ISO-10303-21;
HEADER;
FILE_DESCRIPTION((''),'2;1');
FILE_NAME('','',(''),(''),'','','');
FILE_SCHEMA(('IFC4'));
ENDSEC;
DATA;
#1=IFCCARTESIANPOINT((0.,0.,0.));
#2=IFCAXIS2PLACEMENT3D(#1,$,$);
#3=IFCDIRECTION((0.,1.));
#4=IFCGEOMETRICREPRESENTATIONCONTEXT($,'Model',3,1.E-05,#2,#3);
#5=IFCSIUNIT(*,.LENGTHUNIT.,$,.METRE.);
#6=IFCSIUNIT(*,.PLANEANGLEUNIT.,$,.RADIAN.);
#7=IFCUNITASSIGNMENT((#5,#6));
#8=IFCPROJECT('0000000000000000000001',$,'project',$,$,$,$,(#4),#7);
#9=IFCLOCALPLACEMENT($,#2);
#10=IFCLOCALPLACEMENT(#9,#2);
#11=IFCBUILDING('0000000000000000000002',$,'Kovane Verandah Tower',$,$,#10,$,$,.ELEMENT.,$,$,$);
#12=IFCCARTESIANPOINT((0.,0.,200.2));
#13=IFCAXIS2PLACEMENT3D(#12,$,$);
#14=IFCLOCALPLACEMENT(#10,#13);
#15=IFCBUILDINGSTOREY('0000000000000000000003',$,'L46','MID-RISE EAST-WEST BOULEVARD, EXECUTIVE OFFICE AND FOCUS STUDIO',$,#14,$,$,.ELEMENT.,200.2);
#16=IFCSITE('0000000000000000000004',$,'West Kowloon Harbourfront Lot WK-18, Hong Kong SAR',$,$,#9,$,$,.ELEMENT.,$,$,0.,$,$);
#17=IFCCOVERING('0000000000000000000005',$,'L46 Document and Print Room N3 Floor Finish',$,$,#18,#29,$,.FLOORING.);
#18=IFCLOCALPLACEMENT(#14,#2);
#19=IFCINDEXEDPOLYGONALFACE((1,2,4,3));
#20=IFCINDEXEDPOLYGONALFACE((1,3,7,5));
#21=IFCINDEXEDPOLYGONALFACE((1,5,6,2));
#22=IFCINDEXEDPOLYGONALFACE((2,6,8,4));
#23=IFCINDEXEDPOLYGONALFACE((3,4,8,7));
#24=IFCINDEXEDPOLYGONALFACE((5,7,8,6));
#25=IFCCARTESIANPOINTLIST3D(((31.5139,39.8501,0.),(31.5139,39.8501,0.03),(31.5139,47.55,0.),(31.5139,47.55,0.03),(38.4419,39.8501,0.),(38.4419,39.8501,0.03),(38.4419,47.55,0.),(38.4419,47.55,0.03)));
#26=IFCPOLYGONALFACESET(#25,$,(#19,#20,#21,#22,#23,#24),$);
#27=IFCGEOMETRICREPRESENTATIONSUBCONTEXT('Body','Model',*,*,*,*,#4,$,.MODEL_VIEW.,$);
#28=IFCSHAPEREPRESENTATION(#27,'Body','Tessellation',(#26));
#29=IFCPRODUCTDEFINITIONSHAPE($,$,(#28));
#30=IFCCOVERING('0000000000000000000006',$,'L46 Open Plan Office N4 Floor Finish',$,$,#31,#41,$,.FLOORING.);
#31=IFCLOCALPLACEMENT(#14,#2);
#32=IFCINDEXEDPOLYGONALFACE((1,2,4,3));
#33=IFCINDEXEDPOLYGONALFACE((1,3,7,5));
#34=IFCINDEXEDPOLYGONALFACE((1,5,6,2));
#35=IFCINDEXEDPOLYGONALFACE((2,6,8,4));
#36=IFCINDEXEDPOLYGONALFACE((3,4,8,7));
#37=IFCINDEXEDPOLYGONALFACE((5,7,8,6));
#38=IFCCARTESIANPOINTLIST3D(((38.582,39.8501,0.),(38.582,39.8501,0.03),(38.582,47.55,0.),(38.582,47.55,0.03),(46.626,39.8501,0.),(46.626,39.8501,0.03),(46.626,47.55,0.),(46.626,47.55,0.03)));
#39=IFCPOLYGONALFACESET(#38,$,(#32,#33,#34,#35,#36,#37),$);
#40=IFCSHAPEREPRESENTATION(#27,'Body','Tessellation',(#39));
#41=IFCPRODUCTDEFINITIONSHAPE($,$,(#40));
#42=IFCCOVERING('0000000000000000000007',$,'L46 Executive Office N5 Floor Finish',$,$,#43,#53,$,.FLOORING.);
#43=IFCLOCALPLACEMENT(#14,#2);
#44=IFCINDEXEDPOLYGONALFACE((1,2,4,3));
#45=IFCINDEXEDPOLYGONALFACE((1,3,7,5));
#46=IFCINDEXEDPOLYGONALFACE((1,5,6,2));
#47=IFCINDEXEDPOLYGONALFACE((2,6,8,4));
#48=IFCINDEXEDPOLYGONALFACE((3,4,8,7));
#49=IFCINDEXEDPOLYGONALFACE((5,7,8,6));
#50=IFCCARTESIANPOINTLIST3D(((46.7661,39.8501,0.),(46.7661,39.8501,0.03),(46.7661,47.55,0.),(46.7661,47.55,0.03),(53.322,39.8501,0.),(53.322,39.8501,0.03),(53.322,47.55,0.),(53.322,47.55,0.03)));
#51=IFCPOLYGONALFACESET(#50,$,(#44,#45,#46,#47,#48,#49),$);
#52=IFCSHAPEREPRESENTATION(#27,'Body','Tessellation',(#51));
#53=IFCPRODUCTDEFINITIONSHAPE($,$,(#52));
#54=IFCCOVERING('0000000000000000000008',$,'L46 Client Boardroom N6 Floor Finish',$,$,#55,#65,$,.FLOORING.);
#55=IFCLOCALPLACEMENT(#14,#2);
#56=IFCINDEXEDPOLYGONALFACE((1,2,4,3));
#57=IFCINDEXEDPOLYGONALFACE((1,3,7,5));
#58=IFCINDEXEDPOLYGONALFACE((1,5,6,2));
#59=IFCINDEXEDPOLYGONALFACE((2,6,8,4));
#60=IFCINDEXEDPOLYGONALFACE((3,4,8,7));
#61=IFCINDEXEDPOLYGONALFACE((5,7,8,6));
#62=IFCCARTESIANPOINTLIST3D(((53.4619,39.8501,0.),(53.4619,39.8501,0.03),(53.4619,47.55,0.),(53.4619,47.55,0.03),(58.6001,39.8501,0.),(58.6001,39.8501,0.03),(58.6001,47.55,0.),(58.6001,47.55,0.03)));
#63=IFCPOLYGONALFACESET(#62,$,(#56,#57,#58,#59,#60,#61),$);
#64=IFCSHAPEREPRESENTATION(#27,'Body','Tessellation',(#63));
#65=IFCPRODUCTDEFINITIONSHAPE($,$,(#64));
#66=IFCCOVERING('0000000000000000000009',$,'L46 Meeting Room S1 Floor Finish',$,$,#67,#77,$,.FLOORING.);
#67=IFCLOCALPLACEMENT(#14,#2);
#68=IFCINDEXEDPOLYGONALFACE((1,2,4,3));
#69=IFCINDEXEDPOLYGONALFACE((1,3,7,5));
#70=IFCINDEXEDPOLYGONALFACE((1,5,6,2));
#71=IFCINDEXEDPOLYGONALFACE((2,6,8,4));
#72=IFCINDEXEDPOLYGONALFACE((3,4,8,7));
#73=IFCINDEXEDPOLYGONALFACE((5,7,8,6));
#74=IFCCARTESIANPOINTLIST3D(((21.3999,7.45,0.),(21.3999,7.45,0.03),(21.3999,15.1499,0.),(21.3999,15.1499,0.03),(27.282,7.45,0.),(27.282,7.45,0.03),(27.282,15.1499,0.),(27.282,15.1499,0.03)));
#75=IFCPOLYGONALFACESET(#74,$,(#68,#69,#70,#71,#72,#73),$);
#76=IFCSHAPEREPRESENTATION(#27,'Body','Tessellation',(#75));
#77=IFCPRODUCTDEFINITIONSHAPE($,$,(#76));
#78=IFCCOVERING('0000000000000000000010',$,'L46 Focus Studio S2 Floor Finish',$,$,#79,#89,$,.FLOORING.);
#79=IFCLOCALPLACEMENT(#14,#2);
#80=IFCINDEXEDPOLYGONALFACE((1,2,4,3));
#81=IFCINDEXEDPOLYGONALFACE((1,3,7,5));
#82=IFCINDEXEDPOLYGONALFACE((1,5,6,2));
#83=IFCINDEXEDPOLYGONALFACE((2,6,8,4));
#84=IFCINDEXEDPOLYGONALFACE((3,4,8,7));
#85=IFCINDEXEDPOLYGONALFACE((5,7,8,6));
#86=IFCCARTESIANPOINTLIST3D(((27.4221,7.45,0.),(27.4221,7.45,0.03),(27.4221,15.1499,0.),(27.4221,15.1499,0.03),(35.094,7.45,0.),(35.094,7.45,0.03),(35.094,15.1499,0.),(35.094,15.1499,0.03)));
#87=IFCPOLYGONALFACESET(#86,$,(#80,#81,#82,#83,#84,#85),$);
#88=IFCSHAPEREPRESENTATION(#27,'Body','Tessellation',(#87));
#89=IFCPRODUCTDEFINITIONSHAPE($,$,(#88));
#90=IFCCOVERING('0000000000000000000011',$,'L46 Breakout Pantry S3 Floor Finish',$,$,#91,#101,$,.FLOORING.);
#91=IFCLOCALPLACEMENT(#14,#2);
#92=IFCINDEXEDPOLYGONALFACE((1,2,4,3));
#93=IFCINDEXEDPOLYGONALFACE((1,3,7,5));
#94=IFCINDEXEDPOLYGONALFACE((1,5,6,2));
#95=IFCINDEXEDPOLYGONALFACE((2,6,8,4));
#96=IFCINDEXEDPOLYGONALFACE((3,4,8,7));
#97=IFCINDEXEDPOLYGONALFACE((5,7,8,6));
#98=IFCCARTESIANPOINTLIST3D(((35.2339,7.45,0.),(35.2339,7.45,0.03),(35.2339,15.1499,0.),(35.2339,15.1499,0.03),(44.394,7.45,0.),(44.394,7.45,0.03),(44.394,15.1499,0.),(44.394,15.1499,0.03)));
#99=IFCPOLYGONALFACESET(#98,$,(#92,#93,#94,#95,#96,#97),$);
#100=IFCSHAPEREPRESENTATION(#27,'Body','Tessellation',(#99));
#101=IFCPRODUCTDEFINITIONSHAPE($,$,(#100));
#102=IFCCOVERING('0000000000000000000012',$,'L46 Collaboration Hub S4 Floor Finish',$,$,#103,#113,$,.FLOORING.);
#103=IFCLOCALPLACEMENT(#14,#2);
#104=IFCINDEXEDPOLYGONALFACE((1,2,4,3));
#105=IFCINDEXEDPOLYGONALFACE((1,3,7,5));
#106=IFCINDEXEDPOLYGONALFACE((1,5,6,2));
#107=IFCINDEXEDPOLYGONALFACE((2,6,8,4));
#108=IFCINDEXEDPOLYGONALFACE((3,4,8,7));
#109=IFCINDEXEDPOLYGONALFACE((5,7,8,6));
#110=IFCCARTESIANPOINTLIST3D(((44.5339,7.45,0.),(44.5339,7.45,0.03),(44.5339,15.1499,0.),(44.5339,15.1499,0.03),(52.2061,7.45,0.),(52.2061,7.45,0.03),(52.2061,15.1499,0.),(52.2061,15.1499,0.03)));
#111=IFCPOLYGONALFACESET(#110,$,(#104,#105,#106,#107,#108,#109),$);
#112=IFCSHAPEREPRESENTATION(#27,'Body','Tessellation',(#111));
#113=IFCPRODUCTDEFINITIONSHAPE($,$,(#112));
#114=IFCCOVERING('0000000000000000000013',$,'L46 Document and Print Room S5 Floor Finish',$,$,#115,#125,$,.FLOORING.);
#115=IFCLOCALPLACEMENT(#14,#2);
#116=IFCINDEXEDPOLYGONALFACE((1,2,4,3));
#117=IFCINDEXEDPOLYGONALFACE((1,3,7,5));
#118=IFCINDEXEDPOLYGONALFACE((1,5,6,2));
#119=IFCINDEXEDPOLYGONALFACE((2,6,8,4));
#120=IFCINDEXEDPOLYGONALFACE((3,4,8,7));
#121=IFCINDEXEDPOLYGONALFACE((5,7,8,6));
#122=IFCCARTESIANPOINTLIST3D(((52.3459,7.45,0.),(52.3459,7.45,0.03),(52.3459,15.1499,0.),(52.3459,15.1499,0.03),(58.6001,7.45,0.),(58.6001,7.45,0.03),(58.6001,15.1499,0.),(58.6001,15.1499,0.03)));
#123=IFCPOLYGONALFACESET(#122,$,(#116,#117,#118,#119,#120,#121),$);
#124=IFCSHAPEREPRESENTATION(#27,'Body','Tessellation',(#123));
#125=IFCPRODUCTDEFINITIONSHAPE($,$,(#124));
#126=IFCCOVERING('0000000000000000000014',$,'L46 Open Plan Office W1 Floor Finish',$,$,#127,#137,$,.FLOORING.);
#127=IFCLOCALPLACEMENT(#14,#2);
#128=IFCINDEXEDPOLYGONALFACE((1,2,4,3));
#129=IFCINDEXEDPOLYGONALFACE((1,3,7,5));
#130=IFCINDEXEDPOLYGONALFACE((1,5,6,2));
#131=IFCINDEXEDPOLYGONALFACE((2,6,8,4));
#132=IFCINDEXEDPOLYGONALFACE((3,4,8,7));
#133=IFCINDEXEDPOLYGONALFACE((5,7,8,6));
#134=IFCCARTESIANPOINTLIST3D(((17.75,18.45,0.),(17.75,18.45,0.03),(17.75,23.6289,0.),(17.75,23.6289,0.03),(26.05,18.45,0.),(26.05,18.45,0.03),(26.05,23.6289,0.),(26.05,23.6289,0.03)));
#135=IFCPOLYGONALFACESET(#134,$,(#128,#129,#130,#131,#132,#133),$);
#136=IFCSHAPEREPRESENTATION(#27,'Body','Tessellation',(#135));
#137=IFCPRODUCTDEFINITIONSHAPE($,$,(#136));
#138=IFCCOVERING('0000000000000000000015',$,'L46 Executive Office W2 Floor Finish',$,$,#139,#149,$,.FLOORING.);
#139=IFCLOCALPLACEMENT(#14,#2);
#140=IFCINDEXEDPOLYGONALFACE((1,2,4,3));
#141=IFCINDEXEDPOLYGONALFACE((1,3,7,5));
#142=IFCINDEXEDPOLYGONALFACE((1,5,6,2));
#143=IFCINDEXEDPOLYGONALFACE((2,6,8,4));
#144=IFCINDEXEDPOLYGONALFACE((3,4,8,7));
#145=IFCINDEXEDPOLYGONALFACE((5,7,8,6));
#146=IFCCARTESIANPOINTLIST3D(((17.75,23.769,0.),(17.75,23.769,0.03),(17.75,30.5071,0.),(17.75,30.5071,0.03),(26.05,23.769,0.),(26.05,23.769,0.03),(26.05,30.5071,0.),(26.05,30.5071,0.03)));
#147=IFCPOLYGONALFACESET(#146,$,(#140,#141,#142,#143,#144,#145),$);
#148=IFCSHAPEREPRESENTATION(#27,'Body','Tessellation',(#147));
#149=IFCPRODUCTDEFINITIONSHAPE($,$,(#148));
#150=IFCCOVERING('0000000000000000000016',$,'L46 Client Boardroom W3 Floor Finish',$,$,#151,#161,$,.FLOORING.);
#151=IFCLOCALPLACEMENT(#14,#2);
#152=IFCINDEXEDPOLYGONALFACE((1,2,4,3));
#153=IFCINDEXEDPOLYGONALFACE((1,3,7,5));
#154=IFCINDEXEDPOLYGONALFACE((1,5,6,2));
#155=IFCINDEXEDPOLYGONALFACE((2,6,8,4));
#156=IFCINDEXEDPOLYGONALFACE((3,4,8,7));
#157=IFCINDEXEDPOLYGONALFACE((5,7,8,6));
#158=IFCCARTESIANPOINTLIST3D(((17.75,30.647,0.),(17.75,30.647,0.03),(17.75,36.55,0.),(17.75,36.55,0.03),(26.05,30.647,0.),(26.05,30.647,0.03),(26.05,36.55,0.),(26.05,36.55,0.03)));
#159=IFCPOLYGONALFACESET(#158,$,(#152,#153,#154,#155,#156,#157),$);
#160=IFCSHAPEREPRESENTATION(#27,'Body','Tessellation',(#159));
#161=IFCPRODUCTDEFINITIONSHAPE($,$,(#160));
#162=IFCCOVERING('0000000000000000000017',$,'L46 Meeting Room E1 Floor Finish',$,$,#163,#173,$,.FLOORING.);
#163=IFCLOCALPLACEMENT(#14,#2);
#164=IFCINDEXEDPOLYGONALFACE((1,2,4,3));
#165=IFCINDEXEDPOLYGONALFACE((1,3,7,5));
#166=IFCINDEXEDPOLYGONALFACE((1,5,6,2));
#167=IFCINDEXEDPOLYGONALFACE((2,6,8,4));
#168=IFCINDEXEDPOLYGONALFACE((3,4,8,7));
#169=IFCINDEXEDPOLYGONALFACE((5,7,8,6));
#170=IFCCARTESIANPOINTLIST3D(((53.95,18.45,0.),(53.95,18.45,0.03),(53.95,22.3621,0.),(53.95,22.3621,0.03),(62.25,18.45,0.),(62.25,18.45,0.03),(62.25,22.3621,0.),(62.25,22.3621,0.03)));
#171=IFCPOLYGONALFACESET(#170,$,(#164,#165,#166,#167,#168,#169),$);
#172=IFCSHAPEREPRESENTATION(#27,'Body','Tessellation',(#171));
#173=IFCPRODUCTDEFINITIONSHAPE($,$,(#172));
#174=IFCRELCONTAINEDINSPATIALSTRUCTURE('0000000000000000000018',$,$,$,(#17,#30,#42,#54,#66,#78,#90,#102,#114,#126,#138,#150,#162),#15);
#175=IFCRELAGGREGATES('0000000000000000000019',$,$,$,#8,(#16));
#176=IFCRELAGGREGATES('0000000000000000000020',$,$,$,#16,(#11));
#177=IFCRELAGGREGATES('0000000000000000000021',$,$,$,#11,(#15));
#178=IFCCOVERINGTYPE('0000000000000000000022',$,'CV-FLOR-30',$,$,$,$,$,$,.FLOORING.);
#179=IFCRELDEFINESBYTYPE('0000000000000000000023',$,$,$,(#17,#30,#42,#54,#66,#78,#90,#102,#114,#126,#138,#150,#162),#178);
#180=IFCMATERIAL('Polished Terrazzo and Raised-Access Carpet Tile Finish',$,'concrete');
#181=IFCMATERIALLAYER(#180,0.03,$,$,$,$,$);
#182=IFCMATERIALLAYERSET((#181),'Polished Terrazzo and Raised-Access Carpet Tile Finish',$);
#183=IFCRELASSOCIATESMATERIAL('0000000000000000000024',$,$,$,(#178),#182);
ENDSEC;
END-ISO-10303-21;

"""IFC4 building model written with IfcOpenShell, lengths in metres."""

from ifc_helpers import new_model, si_unit, direction, frame, origin, place, context, subcontext, project, spatial, polyline, outline, extrude, material, layer, layer_set, type_object, element, save


model = new_model("IFC4")

# Units and contexts
model_context = context("Model", 3, precision=1e-05, world=origin(), true_north=direction((0.0, 1.0)))
body_context = subcontext(model_context, "Body", "Model", "MODEL_VIEW")
ifc_project = project(units=[si_unit("LENGTHUNIT", "METRE"), si_unit("PLANEANGLEUNIT", "RADIAN")], contexts=[model_context])

# Site, building, storey
site_placement = place(None, origin())
site = spatial("IfcSite", under=ifc_project, at=site_placement, Name="West Kowloon Harbourfront Lot WK-18, Hong Kong SAR", CompositionType="ELEMENT", RefElevation=0.0)
building_placement = place(site_placement, origin())
building = spatial("IfcBuilding", under=site, at=building_placement, Name="Kovane Verandah Tower", CompositionType="ELEMENT")
storey_placement = place(building_placement, frame((0.0, 0.0, 200.2)))
storey = spatial("IfcBuildingStorey", under=building, at=storey_placement, Name="L46", Description="MID-RISE EAST-WEST BOULEVARD, EXECUTIVE OFFICE AND FOCUS STUDIO", CompositionType="ELEMENT", Elevation=200.2)

# Coverings
ifc_material_1 = material(Name="Polished Terrazzo and Raised-Access Carpet Tile Finish", Category="concrete")
ifc_layer_1 = layer(ifc_material_1, 0.03)
ifc_layer_set_1 = layer_set([ifc_layer_1], Name="Polished Terrazzo and Raised-Access Carpet Tile Finish")
covering_type = type_object("IfcCoveringType", Name="CV-FLOR-30", PredefinedType="FLOORING", material=ifc_layer_set_1)
covering_1_placement = place(storey_placement, origin())
element("IfcCovering", 1, at=covering_1_placement, inside=storey, type_object=covering_type, Name="L46 Document and Print Room N3 Floor Finish", PredefinedType="FLOORING", context=body_context, shape_type="SweptSolid", body=[
    extrude(outline(polyline([(31.5139, 39.8501), (38.4419, 39.8501), (38.4419, 47.55), (31.5139, 47.55), (31.5139, 39.8501)])), origin(), (0.0, 0.0, 1.0), 0.03),
])
covering_2_placement = place(storey_placement, origin())
element("IfcCovering", 2, at=covering_2_placement, inside=storey, type_object=covering_type, Name="L46 Open Plan Office N4 Floor Finish", PredefinedType="FLOORING", context=body_context, shape_type="SweptSolid", body=[
    extrude(outline(polyline([(38.582, 39.8501), (46.626, 39.8501), (46.626, 47.55), (38.582, 47.55), (38.582, 39.8501)])), origin(), (0.0, 0.0, 1.0), 0.03),
])
covering_3_placement = place(storey_placement, origin())
element("IfcCovering", 3, at=covering_3_placement, inside=storey, type_object=covering_type, Name="L46 Executive Office N5 Floor Finish", PredefinedType="FLOORING", context=body_context, shape_type="SweptSolid", body=[
    extrude(outline(polyline([(46.7661, 39.8501), (53.322, 39.8501), (53.322, 47.55), (46.7661, 47.55), (46.7661, 39.8501)])), origin(), (0.0, 0.0, 1.0), 0.03),
])
covering_4_placement = place(storey_placement, origin())
element("IfcCovering", 4, at=covering_4_placement, inside=storey, type_object=covering_type, Name="L46 Client Boardroom N6 Floor Finish", PredefinedType="FLOORING", context=body_context, shape_type="SweptSolid", body=[
    extrude(outline(polyline([(53.4619, 39.8501), (58.6001, 39.8501), (58.6001, 47.55), (53.4619, 47.55), (53.4619, 39.8501)])), origin(), (0.0, 0.0, 1.0), 0.03),
])
covering_5_placement = place(storey_placement, origin())
element("IfcCovering", 5, at=covering_5_placement, inside=storey, type_object=covering_type, Name="L46 Meeting Room S1 Floor Finish", PredefinedType="FLOORING", context=body_context, shape_type="SweptSolid", body=[
    extrude(outline(polyline([(21.3999, 7.45), (27.282, 7.45), (27.282, 15.1499), (21.3999, 15.1499), (21.3999, 7.45)])), origin(), (0.0, 0.0, 1.0), 0.03),
])
covering_6_placement = place(storey_placement, origin())
element("IfcCovering", 6, at=covering_6_placement, inside=storey, type_object=covering_type, Name="L46 Focus Studio S2 Floor Finish", PredefinedType="FLOORING", context=body_context, shape_type="SweptSolid", body=[
    extrude(outline(polyline([(27.4221, 7.45), (35.094, 7.45), (35.094, 15.1499), (27.4221, 15.1499), (27.4221, 7.45)])), origin(), (0.0, 0.0, 1.0), 0.03),
])
covering_7_placement = place(storey_placement, origin())
element("IfcCovering", 7, at=covering_7_placement, inside=storey, type_object=covering_type, Name="L46 Breakout Pantry S3 Floor Finish", PredefinedType="FLOORING", context=body_context, shape_type="SweptSolid", body=[
    extrude(outline(polyline([(35.2339, 7.45), (44.394, 7.45), (44.394, 15.1499), (35.2339, 15.1499), (35.2339, 7.45)])), origin(), (0.0, 0.0, 1.0), 0.03),
])
covering_8_placement = place(storey_placement, origin())
element("IfcCovering", 8, at=covering_8_placement, inside=storey, type_object=covering_type, Name="L46 Collaboration Hub S4 Floor Finish", PredefinedType="FLOORING", context=body_context, shape_type="SweptSolid", body=[
    extrude(outline(polyline([(44.5339, 7.45), (52.2061, 7.45), (52.2061, 15.1499), (44.5339, 15.1499), (44.5339, 7.45)])), origin(), (0.0, 0.0, 1.0), 0.03),
])
covering_9_placement = place(storey_placement, origin())
element("IfcCovering", 9, at=covering_9_placement, inside=storey, type_object=covering_type, Name="L46 Document and Print Room S5 Floor Finish", PredefinedType="FLOORING", context=body_context, shape_type="SweptSolid", body=[
    extrude(outline(polyline([(52.3459, 7.45), (58.6001, 7.45), (58.6001, 15.1499), (52.3459, 15.1499), (52.3459, 7.45)])), origin(), (0.0, 0.0, 1.0), 0.03),
])
covering_10_placement = place(storey_placement, origin())
element("IfcCovering", 10, at=covering_10_placement, inside=storey, type_object=covering_type, Name="L46 Open Plan Office W1 Floor Finish", PredefinedType="FLOORING", context=body_context, shape_type="SweptSolid", body=[
    extrude(outline(polyline([(17.75, 18.45), (26.05, 18.45), (26.05, 23.6289), (17.75, 23.6289), (17.75, 18.45)])), origin(), (0.0, 0.0, 1.0), 0.03),
])
covering_11_placement = place(storey_placement, origin())
element("IfcCovering", 11, at=covering_11_placement, inside=storey, type_object=covering_type, Name="L46 Executive Office W2 Floor Finish", PredefinedType="FLOORING", context=body_context, shape_type="SweptSolid", body=[
    extrude(outline(polyline([(17.75, 23.769), (26.05, 23.769), (26.05, 30.5071), (17.75, 30.5071), (17.75, 23.769)])), origin(), (0.0, 0.0, 1.0), 0.03),
])
covering_12_placement = place(storey_placement, origin())
element("IfcCovering", 12, at=covering_12_placement, inside=storey, type_object=covering_type, Name="L46 Client Boardroom W3 Floor Finish", PredefinedType="FLOORING", context=body_context, shape_type="SweptSolid", body=[
    extrude(outline(polyline([(17.75, 30.647), (26.05, 30.647), (26.05, 36.55), (17.75, 36.55), (17.75, 30.647)])), origin(), (0.0, 0.0, 1.0), 0.03),
])
covering_13_placement = place(storey_placement, origin())
element("IfcCovering", 13, at=covering_13_placement, inside=storey, type_object=covering_type, Name="L46 Meeting Room E1 Floor Finish", PredefinedType="FLOORING", context=body_context, shape_type="SweptSolid", body=[
    extrude(outline(polyline([(53.95, 18.45), (62.25, 18.45), (62.25, 22.3621), (53.95, 22.3621), (53.95, 18.45)])), origin(), (0.0, 0.0, 1.0), 0.03),
])

save(model, "model.ifc")
